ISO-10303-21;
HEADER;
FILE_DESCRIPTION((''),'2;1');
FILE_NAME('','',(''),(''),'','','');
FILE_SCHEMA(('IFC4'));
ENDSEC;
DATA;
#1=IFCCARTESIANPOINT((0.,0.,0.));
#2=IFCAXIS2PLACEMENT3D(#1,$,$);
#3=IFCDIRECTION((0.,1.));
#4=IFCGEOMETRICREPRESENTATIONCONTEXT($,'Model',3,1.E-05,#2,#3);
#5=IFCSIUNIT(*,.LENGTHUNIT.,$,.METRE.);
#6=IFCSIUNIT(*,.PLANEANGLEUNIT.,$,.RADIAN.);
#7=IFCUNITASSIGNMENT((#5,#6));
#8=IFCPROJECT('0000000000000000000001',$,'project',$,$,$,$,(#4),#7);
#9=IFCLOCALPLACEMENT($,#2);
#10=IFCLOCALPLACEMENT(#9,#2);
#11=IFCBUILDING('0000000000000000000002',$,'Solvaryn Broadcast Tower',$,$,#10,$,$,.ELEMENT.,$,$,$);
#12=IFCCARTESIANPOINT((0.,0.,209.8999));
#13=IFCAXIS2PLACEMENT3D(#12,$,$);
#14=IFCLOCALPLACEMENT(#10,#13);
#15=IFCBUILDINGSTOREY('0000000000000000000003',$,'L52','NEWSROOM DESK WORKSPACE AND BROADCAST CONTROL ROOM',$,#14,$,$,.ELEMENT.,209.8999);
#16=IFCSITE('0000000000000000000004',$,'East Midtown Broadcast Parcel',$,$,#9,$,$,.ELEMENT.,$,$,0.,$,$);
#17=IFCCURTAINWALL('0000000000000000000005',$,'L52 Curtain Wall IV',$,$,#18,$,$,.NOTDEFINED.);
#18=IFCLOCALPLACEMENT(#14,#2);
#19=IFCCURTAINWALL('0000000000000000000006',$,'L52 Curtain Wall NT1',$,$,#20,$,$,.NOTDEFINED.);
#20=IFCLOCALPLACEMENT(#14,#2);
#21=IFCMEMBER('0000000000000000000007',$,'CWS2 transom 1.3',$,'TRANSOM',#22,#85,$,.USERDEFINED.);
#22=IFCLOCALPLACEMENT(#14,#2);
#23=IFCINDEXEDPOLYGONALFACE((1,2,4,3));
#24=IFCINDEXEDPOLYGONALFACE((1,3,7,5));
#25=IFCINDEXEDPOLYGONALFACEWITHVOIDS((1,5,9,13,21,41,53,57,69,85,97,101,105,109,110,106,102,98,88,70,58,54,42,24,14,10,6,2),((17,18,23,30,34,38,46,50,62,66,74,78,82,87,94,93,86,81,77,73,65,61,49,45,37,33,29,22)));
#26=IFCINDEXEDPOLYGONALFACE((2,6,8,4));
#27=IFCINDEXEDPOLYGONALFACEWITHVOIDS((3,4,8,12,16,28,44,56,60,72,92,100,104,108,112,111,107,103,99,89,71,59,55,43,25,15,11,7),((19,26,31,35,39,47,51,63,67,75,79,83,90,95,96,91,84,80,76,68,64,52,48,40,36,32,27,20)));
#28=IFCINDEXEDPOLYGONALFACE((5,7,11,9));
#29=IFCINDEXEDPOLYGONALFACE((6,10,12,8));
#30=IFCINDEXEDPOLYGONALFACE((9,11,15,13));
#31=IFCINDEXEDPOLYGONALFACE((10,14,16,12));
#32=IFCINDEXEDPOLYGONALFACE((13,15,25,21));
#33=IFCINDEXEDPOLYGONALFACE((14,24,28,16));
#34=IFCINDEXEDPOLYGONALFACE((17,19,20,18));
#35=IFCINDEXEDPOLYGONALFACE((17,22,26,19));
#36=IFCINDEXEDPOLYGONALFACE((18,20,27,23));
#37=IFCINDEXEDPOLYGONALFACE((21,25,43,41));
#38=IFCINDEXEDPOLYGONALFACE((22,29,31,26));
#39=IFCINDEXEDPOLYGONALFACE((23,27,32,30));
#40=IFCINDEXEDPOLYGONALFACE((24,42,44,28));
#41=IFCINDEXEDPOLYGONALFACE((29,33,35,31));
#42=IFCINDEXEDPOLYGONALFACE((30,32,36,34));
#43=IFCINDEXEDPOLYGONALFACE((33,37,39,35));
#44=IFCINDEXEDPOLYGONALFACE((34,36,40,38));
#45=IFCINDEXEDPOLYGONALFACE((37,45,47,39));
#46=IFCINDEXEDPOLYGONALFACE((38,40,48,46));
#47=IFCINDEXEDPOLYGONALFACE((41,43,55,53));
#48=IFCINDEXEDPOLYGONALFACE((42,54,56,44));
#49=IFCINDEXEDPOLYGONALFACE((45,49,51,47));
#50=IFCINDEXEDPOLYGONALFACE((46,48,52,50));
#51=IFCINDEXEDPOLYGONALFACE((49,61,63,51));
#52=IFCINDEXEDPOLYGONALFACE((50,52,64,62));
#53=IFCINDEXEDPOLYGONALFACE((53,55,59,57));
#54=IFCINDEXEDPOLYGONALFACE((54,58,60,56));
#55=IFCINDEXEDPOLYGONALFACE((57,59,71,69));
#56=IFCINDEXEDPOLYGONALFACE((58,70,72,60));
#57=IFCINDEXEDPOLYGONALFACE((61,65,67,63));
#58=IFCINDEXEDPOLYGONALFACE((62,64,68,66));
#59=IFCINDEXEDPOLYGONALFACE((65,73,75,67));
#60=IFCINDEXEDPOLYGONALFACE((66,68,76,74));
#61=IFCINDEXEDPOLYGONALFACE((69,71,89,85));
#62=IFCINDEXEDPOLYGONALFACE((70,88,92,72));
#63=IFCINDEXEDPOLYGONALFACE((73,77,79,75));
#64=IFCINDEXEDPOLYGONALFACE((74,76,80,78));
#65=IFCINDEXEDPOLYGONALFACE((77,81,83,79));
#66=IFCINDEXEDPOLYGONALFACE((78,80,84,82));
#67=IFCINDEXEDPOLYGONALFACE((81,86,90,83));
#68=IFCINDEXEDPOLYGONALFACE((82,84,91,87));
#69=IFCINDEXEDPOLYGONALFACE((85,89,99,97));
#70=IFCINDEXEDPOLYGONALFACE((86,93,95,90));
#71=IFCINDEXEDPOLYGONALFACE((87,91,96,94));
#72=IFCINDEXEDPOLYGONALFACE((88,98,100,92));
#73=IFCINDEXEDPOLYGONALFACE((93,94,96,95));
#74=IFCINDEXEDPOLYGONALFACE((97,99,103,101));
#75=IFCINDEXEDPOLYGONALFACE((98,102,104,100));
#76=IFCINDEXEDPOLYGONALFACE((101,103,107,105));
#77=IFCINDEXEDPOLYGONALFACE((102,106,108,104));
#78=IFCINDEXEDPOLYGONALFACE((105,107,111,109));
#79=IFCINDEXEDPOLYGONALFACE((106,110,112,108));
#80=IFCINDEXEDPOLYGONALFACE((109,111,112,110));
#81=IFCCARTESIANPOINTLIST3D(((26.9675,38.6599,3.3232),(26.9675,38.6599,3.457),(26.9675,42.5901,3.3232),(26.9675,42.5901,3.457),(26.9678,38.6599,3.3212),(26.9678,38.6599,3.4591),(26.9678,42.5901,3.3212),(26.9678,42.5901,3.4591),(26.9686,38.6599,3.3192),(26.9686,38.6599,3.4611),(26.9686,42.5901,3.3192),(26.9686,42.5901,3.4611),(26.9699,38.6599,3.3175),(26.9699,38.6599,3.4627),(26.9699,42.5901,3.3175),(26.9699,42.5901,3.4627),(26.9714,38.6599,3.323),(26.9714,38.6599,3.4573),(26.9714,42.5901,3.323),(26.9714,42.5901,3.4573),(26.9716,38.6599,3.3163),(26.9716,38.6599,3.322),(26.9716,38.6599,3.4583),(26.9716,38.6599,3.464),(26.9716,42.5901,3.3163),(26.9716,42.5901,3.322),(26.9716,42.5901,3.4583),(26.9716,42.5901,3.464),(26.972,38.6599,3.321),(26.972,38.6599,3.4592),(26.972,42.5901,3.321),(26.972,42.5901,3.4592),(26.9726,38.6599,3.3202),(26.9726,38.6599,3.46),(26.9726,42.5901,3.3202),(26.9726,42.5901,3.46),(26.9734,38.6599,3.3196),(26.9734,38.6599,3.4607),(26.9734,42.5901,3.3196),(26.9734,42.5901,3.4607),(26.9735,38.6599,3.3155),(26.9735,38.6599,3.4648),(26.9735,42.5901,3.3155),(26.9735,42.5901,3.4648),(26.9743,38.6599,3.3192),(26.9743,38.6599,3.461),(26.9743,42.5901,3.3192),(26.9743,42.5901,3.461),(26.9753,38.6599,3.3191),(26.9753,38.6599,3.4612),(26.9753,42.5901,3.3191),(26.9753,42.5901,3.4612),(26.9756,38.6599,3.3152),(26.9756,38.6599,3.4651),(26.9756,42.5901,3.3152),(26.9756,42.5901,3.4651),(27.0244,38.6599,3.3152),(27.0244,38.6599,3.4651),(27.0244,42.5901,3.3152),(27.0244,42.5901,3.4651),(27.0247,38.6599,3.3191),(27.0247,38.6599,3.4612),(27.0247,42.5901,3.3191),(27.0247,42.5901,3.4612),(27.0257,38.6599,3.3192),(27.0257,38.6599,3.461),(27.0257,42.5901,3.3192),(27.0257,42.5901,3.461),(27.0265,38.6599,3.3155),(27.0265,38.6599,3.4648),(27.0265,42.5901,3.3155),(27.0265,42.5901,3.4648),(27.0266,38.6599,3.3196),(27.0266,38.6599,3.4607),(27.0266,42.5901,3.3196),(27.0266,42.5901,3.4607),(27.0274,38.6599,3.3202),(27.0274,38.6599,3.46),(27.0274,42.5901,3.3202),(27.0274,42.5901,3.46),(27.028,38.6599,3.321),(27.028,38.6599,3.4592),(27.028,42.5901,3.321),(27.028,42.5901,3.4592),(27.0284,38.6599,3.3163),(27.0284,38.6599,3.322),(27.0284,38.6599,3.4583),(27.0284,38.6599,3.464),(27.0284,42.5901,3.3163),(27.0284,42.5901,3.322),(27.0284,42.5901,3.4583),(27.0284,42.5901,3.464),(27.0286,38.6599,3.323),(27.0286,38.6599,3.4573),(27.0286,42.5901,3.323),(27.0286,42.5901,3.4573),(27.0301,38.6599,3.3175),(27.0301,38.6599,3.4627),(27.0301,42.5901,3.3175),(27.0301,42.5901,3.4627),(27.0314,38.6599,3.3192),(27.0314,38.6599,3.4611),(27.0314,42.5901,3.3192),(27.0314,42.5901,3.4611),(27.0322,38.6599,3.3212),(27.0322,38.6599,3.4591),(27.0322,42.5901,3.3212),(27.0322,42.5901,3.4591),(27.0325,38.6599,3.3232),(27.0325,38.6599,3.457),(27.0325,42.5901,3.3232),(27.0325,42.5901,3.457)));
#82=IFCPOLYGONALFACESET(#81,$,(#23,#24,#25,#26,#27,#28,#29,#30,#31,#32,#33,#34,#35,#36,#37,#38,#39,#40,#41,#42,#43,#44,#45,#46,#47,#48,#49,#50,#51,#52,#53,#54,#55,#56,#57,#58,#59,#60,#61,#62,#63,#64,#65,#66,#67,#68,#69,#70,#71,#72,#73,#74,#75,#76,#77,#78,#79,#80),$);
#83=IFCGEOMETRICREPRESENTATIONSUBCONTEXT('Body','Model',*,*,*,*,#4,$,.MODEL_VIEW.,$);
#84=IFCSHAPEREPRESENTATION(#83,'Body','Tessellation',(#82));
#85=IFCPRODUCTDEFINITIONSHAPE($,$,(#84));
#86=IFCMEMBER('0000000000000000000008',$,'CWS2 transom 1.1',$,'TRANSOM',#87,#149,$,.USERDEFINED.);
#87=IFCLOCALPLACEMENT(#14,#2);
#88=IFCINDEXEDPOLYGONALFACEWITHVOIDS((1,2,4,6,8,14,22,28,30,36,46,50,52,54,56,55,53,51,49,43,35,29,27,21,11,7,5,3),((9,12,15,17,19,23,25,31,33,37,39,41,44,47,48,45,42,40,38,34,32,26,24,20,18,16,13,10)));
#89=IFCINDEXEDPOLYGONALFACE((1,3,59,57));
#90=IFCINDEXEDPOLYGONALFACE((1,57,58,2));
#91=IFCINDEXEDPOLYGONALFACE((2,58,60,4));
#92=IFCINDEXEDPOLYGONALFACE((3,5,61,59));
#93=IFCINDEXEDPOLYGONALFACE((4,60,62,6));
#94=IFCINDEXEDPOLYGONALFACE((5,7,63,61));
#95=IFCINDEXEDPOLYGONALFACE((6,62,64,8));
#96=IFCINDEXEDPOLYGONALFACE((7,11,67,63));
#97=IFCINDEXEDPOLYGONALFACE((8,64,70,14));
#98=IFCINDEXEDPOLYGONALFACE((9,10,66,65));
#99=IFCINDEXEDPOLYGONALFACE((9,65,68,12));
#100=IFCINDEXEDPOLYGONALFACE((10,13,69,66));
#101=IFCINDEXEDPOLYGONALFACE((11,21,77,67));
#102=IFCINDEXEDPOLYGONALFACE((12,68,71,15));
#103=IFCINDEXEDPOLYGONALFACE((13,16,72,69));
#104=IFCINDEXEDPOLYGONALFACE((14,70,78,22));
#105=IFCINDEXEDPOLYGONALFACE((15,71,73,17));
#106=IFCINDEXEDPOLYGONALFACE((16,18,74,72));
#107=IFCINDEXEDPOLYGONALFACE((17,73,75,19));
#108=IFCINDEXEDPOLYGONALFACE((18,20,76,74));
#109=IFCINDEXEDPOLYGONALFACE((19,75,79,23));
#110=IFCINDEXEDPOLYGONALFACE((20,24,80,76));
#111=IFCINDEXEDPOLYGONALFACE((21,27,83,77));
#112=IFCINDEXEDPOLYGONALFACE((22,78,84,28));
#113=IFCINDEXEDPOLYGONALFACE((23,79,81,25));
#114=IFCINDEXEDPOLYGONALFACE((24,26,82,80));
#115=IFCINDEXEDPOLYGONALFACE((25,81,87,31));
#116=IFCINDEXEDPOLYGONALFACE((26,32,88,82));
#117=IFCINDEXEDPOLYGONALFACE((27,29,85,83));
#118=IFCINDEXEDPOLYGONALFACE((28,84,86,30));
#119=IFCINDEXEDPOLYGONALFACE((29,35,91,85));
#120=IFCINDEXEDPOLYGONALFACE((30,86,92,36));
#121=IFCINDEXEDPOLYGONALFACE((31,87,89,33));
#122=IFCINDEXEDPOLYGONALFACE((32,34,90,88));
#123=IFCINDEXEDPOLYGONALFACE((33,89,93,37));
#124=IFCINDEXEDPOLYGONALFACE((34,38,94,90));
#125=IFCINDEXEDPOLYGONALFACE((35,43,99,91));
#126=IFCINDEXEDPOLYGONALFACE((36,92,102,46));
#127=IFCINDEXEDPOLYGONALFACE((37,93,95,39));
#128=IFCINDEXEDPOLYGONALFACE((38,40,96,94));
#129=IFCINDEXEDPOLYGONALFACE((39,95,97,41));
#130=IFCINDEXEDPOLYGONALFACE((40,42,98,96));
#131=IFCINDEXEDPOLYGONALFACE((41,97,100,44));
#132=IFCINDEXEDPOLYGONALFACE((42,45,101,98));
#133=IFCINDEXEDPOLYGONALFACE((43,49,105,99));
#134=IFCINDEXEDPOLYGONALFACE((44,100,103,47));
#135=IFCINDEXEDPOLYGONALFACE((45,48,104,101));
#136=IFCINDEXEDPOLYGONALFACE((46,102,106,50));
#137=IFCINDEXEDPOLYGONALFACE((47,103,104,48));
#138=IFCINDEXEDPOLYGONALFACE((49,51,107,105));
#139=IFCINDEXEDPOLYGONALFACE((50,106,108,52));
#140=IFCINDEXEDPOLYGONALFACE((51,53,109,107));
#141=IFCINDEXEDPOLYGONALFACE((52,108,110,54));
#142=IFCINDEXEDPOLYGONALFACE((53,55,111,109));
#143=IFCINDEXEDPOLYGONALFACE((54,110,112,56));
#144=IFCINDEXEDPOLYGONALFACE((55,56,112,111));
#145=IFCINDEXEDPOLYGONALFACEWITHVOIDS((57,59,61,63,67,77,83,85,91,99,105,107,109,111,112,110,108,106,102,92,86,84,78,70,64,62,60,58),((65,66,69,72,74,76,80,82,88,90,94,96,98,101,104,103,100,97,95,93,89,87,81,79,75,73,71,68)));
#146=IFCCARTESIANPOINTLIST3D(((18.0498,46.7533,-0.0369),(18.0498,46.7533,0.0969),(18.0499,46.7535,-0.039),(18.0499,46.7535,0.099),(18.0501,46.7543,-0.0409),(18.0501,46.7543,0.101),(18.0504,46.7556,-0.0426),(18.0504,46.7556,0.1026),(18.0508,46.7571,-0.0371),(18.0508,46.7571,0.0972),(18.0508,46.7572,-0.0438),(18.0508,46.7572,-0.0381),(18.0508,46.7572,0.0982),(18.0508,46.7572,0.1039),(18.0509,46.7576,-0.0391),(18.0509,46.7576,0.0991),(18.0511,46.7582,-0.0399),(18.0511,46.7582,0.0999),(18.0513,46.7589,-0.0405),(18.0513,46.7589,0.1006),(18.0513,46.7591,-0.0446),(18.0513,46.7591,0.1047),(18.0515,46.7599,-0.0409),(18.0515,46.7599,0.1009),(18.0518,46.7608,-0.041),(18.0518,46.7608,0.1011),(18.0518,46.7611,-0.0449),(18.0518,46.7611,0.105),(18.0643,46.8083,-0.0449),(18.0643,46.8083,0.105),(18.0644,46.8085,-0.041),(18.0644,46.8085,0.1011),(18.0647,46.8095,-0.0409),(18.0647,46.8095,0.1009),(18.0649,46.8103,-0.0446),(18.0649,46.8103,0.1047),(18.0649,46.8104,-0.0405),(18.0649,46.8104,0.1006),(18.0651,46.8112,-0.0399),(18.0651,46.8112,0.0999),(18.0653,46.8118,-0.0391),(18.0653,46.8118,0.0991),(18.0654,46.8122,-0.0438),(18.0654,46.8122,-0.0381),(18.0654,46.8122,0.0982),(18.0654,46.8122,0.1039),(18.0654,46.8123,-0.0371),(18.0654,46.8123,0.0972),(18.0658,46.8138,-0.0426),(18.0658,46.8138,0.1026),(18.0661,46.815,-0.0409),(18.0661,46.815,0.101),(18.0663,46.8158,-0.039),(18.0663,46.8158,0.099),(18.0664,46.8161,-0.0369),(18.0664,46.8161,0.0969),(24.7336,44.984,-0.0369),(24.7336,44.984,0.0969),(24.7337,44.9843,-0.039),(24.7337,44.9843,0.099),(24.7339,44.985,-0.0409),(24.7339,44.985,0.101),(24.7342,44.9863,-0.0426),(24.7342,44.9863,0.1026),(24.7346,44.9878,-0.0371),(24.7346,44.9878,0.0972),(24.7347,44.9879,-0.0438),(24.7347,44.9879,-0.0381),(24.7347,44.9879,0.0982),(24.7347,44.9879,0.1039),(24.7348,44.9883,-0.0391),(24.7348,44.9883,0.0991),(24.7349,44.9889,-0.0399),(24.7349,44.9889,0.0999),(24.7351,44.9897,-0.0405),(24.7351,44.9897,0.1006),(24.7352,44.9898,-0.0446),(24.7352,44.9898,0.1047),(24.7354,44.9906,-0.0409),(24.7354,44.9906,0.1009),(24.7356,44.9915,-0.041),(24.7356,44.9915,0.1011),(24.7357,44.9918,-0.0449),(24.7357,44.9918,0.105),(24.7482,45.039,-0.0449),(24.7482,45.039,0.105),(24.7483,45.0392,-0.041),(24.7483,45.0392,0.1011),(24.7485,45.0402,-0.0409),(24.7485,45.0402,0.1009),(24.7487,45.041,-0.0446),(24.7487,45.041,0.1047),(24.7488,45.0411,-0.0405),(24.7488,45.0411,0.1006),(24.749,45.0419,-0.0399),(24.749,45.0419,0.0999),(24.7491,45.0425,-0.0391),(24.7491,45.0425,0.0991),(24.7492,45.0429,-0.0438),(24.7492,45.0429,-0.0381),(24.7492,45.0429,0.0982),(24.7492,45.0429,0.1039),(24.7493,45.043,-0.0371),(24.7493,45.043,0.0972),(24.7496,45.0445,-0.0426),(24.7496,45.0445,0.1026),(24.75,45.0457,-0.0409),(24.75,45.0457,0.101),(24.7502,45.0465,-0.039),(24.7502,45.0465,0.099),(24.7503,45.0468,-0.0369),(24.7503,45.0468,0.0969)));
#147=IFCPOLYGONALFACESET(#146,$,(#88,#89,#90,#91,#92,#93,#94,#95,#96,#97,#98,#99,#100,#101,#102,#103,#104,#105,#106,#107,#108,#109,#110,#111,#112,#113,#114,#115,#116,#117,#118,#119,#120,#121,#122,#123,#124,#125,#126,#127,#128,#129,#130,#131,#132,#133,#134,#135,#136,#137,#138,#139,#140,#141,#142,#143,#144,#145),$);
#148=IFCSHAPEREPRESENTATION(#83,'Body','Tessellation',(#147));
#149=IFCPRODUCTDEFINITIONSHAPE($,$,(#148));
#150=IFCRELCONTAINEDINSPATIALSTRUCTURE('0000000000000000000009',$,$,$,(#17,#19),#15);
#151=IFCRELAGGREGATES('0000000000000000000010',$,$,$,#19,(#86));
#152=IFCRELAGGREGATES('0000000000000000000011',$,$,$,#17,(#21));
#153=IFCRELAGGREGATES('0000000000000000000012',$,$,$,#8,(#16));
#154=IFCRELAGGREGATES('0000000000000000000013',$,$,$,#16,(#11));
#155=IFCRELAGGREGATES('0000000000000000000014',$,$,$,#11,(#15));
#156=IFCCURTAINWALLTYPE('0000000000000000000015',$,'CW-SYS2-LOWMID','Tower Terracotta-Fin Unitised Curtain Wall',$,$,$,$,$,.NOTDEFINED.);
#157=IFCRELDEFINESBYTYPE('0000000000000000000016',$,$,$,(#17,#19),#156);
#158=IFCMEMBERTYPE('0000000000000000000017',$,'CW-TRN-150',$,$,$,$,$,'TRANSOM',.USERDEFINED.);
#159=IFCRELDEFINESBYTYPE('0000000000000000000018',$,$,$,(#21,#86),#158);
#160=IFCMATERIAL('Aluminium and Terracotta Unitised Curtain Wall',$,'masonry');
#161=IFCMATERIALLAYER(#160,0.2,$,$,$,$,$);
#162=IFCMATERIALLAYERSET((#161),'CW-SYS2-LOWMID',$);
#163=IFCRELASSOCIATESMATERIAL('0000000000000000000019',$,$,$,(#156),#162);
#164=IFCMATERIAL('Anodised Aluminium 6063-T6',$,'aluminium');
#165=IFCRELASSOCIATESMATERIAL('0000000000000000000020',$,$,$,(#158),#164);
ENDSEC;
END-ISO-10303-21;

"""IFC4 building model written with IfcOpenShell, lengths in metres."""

from ifc_helpers import new_model, si_unit, direction, frame, origin, origin_2d, place, context, subcontext, project, spatial, hollow_rectangle, extrude, material, layer, layer_set, material_profile, profile_set, type_object, element, aggregate, save


model = new_model("IFC4")

# Units and contexts
model_context = context("Model", 3, precision=1e-05, world=origin(), true_north=direction((0.0, 1.0)))
body_context = subcontext(model_context, "Body", "Model", "MODEL_VIEW")
ifc_project = project(units=[si_unit("LENGTHUNIT", "METRE"), si_unit("PLANEANGLEUNIT", "RADIAN")], contexts=[model_context])

# Site, building, storey
site_placement = place(None, origin())
site = spatial("IfcSite", under=ifc_project, at=site_placement, Name="East Midtown Broadcast Parcel", CompositionType="ELEMENT", RefElevation=0.0)
building_placement = place(site_placement, origin())
building = spatial("IfcBuilding", under=site, at=building_placement, Name="Solvaryn Broadcast Tower", CompositionType="ELEMENT")
storey_placement = place(building_placement, frame((0.0, 0.0, 209.8999)))
storey = spatial("IfcBuildingStorey", under=building, at=storey_placement, Name="L52", Description="NEWSROOM DESK WORKSPACE AND BROADCAST CONTROL ROOM", CompositionType="ELEMENT", Elevation=209.8999)

# Curtain wall
ifc_material_1 = material(Name="Aluminium and Terracotta Unitised Curtain Wall", Category="masonry")
ifc_layer_1 = layer(ifc_material_1, 0.2)
ifc_layer_set_1 = layer_set([ifc_layer_1], Name="CW-SYS2-LOWMID")
curtain_wall_type = type_object("IfcCurtainWallType", Name="CW-SYS2-LOWMID", Description="Tower Terracotta-Fin Unitised Curtain Wall", PredefinedType="NOTDEFINED", material=ifc_layer_set_1)
curtain_wall_1_placement = place(storey_placement, origin())
curtain_wall_1 = element("IfcCurtainWall", 1, at=curtain_wall_1_placement, inside=storey, type_object=curtain_wall_type, Name="L52 Curtain Wall IV", PredefinedType="NOTDEFINED")

# Curtain wall
curtain_wall_2_placement = place(storey_placement, origin())
curtain_wall_2 = element("IfcCurtainWall", 2, at=curtain_wall_2_placement, inside=storey, type_object=curtain_wall_type, Name="L52 Curtain Wall NT1", PredefinedType="NOTDEFINED")

# Members
ifc_material_2 = material(Name="Anodised Aluminium 6063-T6", Category="aluminium")
ifc_material_profile_1 = material_profile(ifc_material_2, hollow_rectangle(XDim=0.0649, YDim=0.1499, WallThickness=0.0039, InnerFilletRadius=0.0039, OuterFilletRadius=0.0081, at=origin_2d()))
ifc_profile_set_1 = profile_set([ifc_material_profile_1], Name="Anodised Aluminium 6063-T6")
member_type_1 = type_object("IfcMemberType", Name="CW-TRN-150", ElementType="TRANSOM", PredefinedType="USERDEFINED", material=ifc_profile_set_1)
member_1_placement = place(storey_placement, frame((27.0, 42.5901, 3.3901), z_axis=(0.0, -1.0, 0.0), x_axis=(1.0, 0.0, 0.0)))
member_1 = element("IfcMember", 3, at=member_1_placement, type_object=member_type_1, Name="CWS2 transom 1.3", ObjectType="TRANSOM", PredefinedType="USERDEFINED", context=body_context, shape_type="SweptSolid", body=[
    extrude(hollow_rectangle(XDim=0.0649, YDim=0.1499, WallThickness=0.0039, InnerFilletRadius=0.0039, OuterFilletRadius=0.0081, at=origin_2d()), origin(), (0.0, 0.0, 1.0), 3.9302),
])
member_2_placement = place(storey_placement, frame((24.7419, 45.0154, 0.03), z_axis=(-0.966704, 0.255897, 0.0), x_axis=(-0.255897, -0.966704, 0.0)))
member_2 = element("IfcMember", 4, at=member_2_placement, type_object=member_type_1, Name="CWS2 transom 1.1", ObjectType="TRANSOM", PredefinedType="USERDEFINED", context=body_context, shape_type="SweptSolid", body=[
    extrude(hollow_rectangle(XDim=0.0649, YDim=0.1499, WallThickness=0.0039, InnerFilletRadius=0.0039, OuterFilletRadius=0.0081, at=origin_2d()), origin(), (0.0, 0.0, 1.0), 6.9141),
])
aggregate(curtain_wall_2, [member_2])

aggregate(curtain_wall_1, [member_1])

save(model, "model.ifc")
